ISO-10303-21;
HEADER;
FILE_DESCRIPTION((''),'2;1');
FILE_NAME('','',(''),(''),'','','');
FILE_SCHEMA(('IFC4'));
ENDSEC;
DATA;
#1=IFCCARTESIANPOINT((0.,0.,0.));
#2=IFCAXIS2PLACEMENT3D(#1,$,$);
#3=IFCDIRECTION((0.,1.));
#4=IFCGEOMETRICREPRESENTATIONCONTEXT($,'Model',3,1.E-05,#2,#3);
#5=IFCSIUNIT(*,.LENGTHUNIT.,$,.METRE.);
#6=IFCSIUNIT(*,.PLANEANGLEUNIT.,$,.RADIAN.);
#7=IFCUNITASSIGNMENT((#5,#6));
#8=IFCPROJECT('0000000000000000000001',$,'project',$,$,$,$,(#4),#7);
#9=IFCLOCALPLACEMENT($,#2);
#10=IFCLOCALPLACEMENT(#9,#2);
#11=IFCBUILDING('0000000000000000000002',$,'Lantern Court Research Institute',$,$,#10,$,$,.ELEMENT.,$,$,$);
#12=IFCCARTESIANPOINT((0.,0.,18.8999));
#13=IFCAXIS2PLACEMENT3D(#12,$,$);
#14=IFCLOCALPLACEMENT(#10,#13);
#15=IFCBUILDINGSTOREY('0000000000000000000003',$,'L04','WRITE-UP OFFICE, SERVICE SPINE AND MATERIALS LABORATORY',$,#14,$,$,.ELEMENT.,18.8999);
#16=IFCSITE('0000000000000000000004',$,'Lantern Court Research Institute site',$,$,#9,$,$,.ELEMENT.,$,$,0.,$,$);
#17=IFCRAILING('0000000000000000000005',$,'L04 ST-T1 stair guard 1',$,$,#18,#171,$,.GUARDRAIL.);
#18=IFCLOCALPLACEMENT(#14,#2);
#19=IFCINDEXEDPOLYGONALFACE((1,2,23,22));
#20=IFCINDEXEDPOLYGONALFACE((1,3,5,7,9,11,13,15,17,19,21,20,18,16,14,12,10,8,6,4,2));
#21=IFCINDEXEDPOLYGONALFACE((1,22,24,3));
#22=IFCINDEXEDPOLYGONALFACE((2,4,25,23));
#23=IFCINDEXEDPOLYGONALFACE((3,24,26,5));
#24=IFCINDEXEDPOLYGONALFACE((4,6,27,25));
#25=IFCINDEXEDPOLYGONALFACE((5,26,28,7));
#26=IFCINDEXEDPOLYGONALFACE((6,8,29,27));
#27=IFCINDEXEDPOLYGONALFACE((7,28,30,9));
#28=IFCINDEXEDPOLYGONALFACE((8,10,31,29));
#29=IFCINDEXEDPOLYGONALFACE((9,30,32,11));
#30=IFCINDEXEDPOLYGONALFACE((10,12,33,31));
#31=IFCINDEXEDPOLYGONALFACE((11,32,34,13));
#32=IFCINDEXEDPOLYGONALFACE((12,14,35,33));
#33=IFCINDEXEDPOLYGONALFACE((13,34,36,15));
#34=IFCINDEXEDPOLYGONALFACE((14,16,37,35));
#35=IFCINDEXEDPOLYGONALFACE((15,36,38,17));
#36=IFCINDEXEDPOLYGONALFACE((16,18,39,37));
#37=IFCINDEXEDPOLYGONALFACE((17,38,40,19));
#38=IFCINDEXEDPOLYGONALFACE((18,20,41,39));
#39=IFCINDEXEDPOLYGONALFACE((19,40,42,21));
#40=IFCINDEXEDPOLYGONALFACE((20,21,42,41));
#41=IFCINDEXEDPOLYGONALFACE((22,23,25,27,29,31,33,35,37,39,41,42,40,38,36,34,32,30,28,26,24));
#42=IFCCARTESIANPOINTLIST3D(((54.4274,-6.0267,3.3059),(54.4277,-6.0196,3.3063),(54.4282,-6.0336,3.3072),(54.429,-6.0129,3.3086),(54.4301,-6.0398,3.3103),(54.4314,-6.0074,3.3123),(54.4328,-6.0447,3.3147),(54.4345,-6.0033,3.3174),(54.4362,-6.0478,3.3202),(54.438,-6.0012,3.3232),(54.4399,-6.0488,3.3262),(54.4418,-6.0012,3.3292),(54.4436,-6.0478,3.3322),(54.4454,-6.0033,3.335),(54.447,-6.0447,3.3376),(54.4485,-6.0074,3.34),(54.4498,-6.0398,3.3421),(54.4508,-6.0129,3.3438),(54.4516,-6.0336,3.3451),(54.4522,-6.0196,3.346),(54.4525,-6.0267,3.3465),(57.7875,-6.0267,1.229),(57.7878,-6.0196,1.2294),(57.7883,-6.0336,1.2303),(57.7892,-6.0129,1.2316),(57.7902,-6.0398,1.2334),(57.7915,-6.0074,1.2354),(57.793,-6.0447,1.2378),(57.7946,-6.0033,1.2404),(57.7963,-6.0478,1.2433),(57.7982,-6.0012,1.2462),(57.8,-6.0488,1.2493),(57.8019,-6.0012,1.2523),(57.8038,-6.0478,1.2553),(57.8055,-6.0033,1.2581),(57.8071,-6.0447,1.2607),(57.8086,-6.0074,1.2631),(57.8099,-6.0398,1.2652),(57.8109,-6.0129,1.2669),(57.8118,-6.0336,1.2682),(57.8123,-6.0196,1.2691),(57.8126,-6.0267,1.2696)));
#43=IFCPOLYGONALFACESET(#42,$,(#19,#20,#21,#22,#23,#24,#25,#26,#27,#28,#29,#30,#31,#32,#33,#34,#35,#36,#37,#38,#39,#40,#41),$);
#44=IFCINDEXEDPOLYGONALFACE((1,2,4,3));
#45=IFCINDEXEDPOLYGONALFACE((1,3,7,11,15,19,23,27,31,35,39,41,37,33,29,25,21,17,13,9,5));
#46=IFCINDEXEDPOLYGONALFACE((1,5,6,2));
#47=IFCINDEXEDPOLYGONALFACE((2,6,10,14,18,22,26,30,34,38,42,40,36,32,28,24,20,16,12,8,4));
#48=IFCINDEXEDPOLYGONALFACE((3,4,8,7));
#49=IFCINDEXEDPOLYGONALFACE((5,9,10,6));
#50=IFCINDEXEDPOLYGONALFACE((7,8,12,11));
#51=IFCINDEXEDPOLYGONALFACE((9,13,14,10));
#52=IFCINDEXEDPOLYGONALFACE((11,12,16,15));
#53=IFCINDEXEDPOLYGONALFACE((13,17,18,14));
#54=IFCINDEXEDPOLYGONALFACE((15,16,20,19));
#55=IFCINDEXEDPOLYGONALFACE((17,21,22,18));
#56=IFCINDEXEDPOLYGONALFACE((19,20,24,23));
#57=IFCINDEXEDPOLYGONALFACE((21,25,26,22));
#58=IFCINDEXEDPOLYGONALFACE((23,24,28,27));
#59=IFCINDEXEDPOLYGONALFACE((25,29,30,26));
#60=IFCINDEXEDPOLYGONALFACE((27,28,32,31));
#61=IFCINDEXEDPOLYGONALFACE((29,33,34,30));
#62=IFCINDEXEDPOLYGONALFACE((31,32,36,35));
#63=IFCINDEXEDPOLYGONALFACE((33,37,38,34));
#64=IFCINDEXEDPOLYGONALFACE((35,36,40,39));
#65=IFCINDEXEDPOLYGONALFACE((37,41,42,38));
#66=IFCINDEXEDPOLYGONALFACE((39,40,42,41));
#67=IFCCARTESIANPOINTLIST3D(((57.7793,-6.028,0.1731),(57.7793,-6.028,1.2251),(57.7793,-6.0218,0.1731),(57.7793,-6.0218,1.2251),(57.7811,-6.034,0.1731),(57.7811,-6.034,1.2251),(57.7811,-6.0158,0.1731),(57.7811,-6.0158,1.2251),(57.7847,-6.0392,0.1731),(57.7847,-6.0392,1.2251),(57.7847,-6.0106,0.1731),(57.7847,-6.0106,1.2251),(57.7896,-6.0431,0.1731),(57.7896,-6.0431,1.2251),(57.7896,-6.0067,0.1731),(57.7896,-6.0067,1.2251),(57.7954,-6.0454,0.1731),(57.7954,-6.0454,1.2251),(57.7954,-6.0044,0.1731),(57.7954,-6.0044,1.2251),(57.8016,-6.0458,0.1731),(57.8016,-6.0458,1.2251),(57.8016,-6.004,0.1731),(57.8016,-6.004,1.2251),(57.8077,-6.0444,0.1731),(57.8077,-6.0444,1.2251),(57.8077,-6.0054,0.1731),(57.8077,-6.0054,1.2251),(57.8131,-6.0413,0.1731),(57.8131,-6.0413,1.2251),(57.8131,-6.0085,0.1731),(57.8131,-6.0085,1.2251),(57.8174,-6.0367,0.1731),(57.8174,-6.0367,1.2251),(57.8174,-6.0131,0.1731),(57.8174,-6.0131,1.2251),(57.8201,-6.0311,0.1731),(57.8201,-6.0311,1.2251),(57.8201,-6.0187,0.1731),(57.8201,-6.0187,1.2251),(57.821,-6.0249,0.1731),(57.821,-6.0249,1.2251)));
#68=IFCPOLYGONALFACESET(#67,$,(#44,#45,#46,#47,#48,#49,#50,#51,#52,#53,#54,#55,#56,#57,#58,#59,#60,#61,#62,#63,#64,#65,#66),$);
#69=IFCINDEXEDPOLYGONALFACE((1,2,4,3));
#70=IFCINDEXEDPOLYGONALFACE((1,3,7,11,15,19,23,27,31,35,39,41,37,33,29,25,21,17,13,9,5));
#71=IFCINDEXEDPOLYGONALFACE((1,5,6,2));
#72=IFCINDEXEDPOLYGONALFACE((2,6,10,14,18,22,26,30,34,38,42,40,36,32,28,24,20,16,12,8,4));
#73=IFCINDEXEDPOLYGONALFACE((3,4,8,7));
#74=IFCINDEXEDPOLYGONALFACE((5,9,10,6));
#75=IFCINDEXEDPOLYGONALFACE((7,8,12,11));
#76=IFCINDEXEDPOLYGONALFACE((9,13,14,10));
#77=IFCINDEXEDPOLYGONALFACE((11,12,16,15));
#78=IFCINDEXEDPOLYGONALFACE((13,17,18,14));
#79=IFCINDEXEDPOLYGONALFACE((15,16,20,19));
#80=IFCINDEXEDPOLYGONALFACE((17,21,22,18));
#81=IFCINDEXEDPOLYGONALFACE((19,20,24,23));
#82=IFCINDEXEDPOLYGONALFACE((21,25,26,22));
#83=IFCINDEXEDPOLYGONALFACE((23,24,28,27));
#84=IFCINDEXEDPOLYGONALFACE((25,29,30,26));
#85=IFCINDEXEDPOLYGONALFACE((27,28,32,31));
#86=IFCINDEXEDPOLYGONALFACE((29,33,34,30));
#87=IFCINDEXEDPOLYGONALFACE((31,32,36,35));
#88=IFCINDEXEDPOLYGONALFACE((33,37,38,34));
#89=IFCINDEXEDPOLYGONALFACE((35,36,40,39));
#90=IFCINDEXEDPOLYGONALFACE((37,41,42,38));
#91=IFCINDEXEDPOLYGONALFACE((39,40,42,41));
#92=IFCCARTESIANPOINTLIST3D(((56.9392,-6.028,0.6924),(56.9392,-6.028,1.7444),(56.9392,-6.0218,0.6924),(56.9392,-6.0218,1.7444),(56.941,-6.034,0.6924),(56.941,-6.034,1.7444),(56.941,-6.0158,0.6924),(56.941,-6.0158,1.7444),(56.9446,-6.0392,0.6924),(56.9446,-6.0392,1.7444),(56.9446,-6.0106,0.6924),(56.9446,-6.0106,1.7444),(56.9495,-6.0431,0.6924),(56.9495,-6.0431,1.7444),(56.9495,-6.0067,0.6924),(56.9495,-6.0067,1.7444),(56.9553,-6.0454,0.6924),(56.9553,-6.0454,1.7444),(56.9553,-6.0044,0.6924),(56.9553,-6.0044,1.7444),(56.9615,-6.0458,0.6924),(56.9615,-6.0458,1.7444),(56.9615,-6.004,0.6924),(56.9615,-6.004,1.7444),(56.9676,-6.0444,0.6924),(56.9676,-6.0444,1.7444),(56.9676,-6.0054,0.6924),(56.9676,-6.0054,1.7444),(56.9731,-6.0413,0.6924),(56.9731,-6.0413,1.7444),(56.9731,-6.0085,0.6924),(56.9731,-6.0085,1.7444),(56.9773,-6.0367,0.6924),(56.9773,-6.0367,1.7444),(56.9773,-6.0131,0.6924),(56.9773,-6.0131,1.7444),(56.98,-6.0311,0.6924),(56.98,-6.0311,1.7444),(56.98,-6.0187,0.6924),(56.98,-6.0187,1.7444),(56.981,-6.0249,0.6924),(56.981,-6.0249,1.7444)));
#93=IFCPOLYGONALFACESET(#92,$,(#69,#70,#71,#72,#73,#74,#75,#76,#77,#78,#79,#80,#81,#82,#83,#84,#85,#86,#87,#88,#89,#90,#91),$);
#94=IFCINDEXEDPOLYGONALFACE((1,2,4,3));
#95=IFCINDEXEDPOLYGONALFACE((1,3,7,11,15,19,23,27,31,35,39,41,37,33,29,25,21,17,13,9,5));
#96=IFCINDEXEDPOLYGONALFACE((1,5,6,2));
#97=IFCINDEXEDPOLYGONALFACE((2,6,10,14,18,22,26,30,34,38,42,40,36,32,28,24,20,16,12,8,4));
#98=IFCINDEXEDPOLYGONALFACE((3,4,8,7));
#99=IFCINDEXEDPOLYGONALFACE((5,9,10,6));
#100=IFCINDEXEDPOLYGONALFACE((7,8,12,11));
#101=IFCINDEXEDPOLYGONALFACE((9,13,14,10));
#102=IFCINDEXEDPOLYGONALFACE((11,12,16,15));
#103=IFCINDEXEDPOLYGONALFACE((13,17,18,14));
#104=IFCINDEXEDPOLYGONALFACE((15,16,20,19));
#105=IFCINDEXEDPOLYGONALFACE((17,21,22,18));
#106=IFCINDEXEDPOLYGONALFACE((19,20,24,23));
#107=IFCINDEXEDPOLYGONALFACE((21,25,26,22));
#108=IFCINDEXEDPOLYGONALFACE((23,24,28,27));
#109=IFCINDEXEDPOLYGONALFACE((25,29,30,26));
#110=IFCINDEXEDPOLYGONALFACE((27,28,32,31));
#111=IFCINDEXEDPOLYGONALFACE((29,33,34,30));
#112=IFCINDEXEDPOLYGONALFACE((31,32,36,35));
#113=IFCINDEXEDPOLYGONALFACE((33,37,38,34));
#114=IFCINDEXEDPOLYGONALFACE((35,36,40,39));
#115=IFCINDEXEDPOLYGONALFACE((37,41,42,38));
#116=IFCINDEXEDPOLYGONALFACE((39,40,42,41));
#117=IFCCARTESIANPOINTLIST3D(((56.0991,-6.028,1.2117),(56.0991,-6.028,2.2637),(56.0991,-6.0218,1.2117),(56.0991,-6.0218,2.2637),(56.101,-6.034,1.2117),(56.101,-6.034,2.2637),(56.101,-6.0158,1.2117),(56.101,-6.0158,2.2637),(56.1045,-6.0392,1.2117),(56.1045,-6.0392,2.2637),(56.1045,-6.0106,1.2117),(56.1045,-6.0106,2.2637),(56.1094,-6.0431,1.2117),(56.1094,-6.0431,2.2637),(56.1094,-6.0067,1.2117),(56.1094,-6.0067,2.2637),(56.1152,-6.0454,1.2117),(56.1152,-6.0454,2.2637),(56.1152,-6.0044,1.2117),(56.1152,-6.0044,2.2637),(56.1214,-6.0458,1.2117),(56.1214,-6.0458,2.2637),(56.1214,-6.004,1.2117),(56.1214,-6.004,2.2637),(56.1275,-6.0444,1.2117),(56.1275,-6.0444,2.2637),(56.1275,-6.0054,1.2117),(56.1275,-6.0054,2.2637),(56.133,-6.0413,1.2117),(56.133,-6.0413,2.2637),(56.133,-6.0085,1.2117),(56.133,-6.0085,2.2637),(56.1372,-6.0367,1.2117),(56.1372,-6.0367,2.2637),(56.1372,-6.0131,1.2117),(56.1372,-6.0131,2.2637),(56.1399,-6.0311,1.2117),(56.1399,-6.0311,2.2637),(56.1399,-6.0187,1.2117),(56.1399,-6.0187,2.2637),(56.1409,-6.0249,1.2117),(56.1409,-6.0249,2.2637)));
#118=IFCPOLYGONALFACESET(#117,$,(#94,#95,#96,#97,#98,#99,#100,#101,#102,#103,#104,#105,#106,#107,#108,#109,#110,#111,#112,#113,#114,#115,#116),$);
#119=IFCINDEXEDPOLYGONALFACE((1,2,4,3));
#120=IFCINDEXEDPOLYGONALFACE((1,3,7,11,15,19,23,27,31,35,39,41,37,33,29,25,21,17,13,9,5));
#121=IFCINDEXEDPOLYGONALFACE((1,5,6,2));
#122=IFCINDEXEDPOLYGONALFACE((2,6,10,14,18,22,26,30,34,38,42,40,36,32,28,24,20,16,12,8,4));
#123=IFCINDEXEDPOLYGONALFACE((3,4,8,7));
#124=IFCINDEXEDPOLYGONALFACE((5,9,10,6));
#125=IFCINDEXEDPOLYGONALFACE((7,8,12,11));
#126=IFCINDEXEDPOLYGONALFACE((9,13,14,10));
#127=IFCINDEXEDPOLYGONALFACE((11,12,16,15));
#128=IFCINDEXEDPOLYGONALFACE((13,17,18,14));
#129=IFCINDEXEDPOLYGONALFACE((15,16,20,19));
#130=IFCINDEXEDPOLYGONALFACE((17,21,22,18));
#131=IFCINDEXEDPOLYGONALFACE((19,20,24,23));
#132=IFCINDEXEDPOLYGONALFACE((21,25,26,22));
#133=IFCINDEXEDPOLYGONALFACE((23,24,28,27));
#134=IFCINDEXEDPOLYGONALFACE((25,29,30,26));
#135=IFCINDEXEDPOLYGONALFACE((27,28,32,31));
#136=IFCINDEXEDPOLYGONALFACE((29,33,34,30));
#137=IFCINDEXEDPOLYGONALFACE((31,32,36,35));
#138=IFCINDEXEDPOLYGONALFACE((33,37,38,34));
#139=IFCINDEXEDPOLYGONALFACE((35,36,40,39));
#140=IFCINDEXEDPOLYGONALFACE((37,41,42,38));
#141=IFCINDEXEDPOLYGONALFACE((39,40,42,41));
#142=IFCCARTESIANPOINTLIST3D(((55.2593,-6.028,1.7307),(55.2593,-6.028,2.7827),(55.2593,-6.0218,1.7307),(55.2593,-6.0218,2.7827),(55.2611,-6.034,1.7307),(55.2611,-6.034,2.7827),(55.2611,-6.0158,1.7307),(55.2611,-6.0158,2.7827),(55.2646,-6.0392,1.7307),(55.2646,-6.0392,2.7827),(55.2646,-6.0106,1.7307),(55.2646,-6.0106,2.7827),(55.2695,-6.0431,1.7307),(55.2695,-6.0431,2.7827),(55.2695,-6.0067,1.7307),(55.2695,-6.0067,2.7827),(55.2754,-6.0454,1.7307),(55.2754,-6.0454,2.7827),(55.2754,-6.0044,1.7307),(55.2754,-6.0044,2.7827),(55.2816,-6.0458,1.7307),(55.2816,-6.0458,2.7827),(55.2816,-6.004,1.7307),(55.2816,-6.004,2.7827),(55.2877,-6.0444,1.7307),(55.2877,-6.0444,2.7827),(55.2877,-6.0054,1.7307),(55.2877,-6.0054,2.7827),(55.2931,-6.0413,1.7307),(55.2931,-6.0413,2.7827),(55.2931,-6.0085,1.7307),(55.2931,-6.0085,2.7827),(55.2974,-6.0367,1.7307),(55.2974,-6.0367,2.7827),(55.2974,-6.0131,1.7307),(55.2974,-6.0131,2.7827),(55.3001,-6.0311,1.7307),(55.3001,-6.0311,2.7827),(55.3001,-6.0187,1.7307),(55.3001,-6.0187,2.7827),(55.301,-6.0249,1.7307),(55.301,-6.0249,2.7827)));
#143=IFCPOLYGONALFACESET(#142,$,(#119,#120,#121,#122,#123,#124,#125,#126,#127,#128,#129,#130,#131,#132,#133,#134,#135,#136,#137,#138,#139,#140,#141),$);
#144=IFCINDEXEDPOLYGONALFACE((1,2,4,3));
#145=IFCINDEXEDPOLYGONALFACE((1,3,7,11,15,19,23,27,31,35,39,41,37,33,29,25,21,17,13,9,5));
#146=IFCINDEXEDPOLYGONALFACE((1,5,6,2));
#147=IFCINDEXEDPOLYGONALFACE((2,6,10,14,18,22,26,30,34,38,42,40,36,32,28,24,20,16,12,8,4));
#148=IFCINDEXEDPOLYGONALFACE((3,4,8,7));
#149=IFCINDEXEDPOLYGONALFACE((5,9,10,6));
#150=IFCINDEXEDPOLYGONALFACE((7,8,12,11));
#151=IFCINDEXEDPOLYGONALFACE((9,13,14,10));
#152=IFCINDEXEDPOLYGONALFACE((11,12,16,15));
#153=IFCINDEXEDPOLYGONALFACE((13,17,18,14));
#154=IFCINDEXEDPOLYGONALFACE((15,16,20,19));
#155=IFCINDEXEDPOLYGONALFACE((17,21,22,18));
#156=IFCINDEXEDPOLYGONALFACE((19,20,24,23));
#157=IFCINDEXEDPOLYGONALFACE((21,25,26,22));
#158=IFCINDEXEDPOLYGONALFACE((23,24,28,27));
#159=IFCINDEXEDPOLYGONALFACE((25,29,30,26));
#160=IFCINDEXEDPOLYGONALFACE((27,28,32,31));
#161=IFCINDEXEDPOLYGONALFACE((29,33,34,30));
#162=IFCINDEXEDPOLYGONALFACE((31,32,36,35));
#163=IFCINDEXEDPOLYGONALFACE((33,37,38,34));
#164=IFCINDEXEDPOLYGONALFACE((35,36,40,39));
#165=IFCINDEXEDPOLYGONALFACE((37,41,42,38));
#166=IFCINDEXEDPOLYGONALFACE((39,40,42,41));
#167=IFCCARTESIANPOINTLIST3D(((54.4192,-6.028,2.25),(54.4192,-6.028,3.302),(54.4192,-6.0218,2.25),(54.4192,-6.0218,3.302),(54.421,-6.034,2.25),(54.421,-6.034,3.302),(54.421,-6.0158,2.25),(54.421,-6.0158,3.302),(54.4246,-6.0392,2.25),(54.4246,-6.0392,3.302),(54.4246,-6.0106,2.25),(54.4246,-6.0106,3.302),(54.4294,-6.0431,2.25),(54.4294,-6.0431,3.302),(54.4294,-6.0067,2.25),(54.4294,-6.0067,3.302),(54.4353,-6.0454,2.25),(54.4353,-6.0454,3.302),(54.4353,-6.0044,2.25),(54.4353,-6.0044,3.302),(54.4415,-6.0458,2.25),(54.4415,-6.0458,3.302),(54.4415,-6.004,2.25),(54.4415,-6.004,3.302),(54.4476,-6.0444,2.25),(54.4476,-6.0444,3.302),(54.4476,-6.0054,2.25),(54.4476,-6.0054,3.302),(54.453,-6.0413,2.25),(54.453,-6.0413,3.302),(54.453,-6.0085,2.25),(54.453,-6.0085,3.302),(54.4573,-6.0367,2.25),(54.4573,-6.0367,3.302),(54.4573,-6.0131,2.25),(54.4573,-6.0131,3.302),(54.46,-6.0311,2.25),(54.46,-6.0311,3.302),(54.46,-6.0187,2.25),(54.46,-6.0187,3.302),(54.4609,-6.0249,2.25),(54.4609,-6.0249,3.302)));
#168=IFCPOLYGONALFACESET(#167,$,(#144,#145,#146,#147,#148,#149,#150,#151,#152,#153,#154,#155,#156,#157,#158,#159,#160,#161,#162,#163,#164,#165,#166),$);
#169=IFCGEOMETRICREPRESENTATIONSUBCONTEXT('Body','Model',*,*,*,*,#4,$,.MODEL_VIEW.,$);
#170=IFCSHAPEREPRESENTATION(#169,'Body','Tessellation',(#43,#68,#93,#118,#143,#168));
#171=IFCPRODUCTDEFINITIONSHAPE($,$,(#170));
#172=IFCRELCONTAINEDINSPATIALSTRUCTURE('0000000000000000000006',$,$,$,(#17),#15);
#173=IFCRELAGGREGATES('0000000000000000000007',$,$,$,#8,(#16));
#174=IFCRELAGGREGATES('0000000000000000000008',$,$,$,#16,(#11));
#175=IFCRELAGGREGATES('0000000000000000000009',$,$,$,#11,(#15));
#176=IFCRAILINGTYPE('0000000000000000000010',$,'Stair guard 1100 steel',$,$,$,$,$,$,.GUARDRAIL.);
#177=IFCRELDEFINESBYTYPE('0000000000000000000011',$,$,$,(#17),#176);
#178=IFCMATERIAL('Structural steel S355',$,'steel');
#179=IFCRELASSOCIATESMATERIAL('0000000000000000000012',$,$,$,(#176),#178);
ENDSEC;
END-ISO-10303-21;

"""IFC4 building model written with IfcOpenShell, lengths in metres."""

from ifc_helpers import new_model, si_unit, direction, frame, origin, origin_2d, place, context, subcontext, project, spatial, circle, extrude, material, type_object, element, save


model = new_model("IFC4")

# Units and contexts
model_context = context("Model", 3, precision=1e-05, world=origin(), true_north=direction((0.0, 1.0)))
body_context = subcontext(model_context, "Body", "Model", "MODEL_VIEW")
ifc_project = project(units=[si_unit("LENGTHUNIT", "METRE"), si_unit("PLANEANGLEUNIT", "RADIAN")], contexts=[model_context])

# Site, building, storey
site_placement = place(None, origin())
site = spatial("IfcSite", under=ifc_project, at=site_placement, Name="Lantern Court Research Institute site", CompositionType="ELEMENT", RefElevation=0.0)
building_placement = place(site_placement, origin())
building = spatial("IfcBuilding", under=site, at=building_placement, Name="Lantern Court Research Institute", CompositionType="ELEMENT")
storey_placement = place(building_placement, frame((0.0, 0.0, 18.8999)))
storey = spatial("IfcBuildingStorey", under=building, at=storey_placement, Name="L04", Description="WRITE-UP OFFICE, SERVICE SPINE AND MATERIALS LABORATORY", CompositionType="ELEMENT", Elevation=18.8999)

# Railing
ifc_material_1 = material(Name="Structural steel S355", Category="steel")
railing_type_1 = type_object("IfcRailingType", Name="Stair guard 1100 steel", PredefinedType="GUARDRAIL", material=ifc_material_1)
railing_1_placement = place(storey_placement, frame((57.8, -6.0249, 0.1731)))
element("IfcRailing", 1, at=railing_1_placement, inside=storey, type_object=railing_type_1, Name="L04 ST-T1 stair guard 1", PredefinedType="GUARDRAIL", context=body_context, shape_type="SweptSolid", body=[
    extrude(circle(Radius=0.0239, at=origin_2d()), frame((0.0, 0.0, 1.0762), z_axis=(-0.850623, 0.0, 0.525776), x_axis=(0.0, -1.0, 0.0)), (0.0, 0.0, 1.0), 3.9502),
    extrude(circle(Radius=0.021, at=origin_2d()), origin(), (0.0, 0.0, 1.0), 1.052),
    extrude(circle(Radius=0.021, at=origin_2d()), frame((-0.8401, 0.0, 0.5193)), (0.0, 0.0, 1.0), 1.052),
    extrude(circle(Radius=0.021, at=origin_2d()), frame((-1.6802, 0.0, 1.0386)), (0.0, 0.0, 1.0), 1.052),
    extrude(circle(Radius=0.021, at=origin_2d()), frame((-2.52, 0.0, 1.5576)), (0.0, 0.0, 1.0), 1.052),
    extrude(circle(Radius=0.021, at=origin_2d()), frame((-3.3601, 0.0, 2.0769)), (0.0, 0.0, 1.0), 1.052),
])

save(model, "model.ifc")
